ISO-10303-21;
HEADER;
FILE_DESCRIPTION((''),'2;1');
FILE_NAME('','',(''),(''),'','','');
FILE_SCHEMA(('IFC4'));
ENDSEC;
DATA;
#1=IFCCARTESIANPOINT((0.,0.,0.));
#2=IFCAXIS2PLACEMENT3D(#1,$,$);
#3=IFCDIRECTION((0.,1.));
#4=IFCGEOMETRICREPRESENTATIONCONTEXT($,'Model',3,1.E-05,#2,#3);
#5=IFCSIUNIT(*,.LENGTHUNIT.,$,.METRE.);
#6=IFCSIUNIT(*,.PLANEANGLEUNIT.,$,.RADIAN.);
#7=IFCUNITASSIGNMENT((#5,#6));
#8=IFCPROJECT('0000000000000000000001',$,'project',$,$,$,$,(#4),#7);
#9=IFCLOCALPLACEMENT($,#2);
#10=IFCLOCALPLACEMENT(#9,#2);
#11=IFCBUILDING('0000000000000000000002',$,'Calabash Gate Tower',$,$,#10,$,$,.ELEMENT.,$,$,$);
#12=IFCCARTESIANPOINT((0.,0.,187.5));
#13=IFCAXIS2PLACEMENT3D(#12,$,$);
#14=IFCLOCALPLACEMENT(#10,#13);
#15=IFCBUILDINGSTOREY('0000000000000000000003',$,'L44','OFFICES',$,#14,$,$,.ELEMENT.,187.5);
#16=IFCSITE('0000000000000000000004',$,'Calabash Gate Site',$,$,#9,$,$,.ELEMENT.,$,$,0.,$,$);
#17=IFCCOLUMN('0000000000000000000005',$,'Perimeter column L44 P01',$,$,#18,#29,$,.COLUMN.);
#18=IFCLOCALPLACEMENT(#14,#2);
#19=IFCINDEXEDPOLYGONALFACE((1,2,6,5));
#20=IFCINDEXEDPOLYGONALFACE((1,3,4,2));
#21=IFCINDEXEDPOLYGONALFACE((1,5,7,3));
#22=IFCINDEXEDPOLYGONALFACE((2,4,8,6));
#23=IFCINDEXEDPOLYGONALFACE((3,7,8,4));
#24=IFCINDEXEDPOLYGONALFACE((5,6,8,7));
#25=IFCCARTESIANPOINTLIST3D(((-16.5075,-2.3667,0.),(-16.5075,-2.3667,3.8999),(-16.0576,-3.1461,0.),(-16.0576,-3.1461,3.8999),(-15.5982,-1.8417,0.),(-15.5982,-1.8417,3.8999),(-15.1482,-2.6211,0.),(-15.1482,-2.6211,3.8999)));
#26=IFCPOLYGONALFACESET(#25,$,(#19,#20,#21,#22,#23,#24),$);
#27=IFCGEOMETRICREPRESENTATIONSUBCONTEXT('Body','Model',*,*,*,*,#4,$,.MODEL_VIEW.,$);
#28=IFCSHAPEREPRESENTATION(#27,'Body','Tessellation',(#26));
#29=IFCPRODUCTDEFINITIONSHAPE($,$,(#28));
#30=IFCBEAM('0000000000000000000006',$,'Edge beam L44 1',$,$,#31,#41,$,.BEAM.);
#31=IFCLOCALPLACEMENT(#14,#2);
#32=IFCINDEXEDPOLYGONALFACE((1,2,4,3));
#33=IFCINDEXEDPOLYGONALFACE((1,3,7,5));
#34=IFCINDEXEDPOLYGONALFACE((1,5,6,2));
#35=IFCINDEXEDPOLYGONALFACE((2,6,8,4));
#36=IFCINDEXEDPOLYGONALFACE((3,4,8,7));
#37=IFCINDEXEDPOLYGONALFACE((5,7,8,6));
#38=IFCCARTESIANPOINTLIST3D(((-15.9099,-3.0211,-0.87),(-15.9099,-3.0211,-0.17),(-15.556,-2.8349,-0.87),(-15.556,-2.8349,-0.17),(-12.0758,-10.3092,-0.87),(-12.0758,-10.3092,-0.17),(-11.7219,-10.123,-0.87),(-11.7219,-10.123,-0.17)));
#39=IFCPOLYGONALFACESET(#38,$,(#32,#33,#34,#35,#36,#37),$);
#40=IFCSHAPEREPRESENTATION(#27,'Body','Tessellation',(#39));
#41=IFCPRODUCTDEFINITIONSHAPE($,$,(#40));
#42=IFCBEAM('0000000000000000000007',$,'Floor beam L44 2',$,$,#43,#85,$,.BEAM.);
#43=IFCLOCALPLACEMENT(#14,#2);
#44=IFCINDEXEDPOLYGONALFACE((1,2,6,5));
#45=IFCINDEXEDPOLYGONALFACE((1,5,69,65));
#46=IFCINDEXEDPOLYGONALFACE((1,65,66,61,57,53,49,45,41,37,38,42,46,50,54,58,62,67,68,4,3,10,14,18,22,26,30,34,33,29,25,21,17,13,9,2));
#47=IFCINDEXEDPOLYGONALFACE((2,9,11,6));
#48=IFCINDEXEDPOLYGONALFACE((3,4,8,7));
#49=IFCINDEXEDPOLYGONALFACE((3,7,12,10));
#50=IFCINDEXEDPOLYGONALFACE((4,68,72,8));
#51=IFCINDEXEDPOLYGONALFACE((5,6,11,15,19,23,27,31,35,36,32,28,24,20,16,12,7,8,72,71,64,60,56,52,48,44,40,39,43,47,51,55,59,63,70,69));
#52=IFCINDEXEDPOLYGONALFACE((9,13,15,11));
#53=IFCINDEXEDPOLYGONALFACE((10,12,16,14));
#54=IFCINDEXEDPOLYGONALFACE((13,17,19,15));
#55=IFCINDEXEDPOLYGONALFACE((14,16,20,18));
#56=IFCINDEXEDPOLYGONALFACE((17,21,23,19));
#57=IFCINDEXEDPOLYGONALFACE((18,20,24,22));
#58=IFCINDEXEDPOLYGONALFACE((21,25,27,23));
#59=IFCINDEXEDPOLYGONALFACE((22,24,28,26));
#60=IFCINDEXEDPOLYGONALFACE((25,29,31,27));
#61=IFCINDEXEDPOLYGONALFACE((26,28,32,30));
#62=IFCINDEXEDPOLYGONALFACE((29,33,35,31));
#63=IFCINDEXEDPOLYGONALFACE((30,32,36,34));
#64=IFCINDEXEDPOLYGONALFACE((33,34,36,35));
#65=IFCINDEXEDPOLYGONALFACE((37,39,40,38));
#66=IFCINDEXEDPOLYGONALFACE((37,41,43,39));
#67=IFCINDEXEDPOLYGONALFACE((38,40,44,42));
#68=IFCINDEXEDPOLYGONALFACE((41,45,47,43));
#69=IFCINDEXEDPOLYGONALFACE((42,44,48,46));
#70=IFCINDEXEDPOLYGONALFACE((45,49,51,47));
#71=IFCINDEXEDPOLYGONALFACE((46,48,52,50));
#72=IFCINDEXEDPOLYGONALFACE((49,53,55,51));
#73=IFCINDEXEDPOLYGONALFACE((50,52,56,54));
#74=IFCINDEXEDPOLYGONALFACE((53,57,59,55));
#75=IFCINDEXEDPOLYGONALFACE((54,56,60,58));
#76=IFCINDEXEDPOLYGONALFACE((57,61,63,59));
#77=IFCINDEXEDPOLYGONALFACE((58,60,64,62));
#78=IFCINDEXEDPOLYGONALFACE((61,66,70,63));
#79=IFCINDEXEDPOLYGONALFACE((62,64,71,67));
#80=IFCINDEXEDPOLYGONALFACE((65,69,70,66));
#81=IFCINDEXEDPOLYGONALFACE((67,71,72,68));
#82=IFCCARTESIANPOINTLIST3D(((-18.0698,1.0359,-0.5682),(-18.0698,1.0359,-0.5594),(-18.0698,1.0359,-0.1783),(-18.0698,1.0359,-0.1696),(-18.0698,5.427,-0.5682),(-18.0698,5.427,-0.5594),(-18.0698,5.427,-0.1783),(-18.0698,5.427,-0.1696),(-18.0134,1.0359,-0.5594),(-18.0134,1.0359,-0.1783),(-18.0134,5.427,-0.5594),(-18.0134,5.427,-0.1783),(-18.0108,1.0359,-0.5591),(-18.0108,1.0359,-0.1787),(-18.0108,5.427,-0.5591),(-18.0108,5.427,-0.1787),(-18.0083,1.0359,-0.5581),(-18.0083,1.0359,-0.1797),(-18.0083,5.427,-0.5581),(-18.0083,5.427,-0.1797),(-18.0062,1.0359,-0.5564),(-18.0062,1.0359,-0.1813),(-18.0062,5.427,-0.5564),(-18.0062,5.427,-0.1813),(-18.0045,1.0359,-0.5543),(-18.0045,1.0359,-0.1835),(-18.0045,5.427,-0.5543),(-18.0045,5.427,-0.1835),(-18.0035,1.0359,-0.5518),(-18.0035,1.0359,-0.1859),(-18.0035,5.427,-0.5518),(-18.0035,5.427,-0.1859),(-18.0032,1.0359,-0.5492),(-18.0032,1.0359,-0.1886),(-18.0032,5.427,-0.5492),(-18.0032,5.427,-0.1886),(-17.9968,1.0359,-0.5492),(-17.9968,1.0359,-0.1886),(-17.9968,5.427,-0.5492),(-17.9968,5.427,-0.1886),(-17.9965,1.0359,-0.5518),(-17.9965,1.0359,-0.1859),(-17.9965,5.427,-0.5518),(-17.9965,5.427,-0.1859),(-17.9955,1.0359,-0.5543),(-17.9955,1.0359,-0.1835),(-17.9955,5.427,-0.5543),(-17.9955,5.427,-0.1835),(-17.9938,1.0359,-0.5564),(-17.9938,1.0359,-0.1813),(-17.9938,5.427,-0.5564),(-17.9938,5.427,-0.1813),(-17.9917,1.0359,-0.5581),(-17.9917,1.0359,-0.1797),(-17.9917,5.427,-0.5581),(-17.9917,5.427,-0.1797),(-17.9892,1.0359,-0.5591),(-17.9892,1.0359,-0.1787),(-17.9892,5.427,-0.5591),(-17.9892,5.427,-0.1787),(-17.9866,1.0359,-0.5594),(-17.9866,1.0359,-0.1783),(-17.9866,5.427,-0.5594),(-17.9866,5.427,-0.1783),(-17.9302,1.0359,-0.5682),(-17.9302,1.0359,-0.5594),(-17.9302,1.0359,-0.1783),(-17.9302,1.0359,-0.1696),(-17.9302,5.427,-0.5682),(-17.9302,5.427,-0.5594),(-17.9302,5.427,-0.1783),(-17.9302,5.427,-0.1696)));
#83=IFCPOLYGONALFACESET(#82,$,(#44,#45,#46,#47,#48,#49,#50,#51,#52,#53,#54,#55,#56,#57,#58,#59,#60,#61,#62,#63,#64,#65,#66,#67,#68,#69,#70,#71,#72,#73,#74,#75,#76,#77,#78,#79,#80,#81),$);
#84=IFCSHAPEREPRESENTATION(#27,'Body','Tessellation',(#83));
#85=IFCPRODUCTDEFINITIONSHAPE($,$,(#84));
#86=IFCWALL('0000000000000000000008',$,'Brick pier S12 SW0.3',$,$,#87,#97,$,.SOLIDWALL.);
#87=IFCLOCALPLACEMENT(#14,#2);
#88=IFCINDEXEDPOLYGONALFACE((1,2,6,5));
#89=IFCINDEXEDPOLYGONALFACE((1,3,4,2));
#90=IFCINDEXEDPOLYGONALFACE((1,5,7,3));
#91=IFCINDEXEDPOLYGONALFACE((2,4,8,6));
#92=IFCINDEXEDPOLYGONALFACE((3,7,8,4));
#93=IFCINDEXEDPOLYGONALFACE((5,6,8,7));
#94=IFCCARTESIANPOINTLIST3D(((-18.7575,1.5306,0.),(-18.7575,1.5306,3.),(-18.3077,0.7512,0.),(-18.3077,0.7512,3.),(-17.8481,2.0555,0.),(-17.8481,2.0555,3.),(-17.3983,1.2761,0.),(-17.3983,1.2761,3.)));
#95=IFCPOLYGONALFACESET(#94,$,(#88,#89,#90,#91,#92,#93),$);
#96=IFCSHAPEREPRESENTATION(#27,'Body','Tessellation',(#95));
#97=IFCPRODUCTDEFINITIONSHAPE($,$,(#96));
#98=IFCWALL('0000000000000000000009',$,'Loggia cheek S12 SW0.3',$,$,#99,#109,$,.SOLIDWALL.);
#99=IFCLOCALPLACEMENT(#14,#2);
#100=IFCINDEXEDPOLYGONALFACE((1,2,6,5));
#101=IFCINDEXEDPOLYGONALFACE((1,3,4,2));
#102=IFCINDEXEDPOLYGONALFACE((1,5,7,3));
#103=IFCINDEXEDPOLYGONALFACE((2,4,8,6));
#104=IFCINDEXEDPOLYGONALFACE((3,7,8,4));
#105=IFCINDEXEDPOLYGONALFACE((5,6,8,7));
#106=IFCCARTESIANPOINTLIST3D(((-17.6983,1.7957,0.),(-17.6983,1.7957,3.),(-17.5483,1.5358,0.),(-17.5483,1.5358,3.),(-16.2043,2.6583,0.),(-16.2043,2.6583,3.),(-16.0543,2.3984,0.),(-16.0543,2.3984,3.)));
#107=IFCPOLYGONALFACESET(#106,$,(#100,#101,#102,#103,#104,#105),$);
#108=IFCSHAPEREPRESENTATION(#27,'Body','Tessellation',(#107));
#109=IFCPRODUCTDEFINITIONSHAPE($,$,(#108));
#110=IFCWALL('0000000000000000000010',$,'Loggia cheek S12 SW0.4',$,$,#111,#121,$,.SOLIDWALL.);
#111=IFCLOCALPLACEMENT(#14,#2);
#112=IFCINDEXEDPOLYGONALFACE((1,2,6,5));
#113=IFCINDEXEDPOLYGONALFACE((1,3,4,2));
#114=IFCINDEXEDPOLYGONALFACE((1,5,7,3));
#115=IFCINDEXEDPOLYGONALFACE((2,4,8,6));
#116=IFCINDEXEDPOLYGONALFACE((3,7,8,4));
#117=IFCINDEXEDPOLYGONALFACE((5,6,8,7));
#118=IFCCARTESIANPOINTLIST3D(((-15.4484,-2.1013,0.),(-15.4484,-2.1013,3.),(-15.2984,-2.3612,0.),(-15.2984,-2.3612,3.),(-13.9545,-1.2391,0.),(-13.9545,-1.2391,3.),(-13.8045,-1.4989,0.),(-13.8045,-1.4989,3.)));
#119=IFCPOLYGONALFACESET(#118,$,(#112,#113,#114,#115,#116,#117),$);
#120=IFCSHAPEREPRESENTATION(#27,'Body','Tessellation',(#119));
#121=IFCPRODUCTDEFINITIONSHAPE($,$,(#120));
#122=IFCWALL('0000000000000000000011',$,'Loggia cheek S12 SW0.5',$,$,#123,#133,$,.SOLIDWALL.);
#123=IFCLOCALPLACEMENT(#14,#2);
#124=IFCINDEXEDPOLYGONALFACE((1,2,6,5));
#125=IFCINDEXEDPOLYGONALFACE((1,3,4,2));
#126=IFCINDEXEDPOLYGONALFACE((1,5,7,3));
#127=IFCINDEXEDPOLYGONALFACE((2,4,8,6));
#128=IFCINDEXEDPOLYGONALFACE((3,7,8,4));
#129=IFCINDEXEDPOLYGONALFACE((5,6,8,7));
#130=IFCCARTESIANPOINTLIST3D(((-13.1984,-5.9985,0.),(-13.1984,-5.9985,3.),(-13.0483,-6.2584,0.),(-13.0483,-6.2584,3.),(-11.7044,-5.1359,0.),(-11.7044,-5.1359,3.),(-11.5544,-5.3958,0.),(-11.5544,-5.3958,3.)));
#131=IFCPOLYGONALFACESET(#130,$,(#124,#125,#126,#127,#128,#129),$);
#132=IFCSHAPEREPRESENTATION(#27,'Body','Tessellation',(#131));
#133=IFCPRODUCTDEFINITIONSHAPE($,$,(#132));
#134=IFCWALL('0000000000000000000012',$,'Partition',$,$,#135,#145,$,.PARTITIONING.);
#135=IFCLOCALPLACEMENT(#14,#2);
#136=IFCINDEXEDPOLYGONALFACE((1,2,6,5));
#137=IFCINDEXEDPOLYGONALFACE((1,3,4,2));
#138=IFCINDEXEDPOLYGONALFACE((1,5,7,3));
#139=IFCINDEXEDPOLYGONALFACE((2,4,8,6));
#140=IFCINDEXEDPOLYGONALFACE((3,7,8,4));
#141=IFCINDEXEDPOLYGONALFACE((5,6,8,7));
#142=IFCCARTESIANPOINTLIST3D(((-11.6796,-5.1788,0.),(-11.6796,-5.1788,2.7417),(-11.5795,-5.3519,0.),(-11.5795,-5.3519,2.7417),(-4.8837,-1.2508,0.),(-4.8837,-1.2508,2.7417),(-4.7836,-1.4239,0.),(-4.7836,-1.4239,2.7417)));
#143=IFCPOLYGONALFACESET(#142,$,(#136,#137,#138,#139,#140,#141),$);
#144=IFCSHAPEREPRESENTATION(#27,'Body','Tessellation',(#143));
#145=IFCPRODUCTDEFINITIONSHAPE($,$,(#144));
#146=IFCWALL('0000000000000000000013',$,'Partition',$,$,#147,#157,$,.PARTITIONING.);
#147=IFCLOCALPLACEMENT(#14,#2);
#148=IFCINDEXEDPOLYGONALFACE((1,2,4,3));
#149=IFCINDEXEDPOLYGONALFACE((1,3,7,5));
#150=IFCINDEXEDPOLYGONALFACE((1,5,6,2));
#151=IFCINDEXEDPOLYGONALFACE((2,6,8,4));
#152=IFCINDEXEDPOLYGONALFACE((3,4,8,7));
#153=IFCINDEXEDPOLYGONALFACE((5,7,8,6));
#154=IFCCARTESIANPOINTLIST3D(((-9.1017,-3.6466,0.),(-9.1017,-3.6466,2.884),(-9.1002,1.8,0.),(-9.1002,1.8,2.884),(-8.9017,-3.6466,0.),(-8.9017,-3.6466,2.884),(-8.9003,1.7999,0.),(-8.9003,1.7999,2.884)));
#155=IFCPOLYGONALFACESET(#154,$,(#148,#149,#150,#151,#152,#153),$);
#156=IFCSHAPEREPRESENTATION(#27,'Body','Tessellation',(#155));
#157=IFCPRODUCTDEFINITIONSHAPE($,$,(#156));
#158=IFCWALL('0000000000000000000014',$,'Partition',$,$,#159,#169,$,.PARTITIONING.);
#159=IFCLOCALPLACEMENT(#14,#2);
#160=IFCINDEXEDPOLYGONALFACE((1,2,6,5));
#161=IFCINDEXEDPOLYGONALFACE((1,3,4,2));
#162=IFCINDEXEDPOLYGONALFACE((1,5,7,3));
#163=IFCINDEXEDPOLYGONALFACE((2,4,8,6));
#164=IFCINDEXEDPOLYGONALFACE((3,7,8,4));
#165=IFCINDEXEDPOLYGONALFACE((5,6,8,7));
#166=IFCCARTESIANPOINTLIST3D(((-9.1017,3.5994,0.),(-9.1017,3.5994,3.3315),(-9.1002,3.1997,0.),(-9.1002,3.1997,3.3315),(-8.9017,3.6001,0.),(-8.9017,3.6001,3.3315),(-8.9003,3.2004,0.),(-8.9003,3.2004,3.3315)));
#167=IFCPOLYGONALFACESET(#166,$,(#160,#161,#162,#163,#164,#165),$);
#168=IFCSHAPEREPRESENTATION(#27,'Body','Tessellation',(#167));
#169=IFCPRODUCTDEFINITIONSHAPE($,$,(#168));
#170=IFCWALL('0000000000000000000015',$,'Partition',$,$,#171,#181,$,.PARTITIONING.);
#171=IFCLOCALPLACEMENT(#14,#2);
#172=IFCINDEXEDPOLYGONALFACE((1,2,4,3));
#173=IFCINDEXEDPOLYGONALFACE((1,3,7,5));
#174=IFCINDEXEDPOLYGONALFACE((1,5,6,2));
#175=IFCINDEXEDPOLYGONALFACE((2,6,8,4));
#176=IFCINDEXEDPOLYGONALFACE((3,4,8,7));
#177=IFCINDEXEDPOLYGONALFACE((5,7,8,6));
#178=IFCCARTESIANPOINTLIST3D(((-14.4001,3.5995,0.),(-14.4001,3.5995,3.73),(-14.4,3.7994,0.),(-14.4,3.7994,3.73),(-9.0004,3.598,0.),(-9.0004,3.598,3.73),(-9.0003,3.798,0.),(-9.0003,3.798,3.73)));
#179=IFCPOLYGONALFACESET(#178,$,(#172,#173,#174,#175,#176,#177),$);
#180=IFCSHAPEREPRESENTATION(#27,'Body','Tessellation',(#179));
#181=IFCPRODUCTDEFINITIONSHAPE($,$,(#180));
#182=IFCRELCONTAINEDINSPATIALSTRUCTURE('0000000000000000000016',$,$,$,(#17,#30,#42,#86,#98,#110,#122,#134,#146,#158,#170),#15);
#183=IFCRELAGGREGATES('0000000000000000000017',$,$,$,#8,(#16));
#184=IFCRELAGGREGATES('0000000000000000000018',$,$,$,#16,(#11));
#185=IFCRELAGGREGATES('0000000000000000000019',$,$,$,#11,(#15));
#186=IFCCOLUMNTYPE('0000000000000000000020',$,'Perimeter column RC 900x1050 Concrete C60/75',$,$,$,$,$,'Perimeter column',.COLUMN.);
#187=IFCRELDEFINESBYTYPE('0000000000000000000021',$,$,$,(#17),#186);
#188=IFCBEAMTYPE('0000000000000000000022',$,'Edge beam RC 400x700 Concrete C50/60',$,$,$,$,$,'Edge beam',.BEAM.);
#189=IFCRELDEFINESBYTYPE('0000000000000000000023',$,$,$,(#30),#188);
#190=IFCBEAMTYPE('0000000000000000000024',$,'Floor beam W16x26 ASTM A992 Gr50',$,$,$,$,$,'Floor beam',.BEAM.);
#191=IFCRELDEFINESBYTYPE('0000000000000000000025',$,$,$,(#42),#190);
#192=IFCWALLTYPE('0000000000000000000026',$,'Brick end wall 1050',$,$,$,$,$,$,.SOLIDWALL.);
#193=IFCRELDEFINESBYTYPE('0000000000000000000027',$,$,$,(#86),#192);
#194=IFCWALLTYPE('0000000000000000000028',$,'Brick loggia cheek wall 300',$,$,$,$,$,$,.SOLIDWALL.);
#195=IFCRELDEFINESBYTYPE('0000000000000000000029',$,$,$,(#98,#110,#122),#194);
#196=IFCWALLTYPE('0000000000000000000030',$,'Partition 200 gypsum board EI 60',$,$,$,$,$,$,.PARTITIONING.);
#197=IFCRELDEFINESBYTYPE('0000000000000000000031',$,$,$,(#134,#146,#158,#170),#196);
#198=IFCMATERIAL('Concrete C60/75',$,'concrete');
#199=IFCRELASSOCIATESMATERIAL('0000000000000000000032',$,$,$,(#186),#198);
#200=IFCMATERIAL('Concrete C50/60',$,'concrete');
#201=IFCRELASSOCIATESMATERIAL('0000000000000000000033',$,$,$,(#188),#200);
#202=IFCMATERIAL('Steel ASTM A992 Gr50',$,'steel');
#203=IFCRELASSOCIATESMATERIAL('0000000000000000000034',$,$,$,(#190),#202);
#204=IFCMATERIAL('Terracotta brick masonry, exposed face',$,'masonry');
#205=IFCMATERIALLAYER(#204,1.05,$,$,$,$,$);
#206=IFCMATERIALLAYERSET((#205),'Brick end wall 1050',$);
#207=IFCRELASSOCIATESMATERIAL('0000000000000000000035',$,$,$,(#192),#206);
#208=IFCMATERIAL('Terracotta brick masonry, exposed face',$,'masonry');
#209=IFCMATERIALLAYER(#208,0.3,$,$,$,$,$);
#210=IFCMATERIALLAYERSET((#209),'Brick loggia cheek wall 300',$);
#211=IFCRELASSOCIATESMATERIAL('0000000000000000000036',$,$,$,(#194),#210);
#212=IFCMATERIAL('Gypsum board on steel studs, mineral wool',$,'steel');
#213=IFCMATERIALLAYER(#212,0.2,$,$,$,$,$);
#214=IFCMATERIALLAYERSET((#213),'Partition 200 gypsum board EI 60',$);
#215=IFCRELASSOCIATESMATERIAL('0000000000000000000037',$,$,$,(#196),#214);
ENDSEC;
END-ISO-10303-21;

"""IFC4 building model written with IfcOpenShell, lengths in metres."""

from ifc_helpers import new_model, si_unit, direction, frame, frame_2d, origin, origin_2d, place, context, subcontext, project, spatial, rectangle, i_section, extrude, material, layer, layer_set, material_profile, profile_set, type_object, element, save


model = new_model("IFC4")

# Units and contexts
model_context = context("Model", 3, precision=1e-05, world=origin(), true_north=direction((0.0, 1.0)))
body_context = subcontext(model_context, "Body", "Model", "MODEL_VIEW")
ifc_project = project(units=[si_unit("LENGTHUNIT", "METRE"), si_unit("PLANEANGLEUNIT", "RADIAN")], contexts=[model_context])

# Site, building, storey
site_placement = place(None, origin())
site = spatial("IfcSite", under=ifc_project, at=site_placement, Name="Calabash Gate Site", CompositionType="ELEMENT", RefElevation=0.0)
building_placement = place(site_placement, origin())
building = spatial("IfcBuilding", under=site, at=building_placement, Name="Calabash Gate Tower", CompositionType="ELEMENT")
storey_placement = place(building_placement, frame((0.0, 0.0, 187.5)))
storey = spatial("IfcBuildingStorey", under=building, at=storey_placement, Name="L44", Description="OFFICES", CompositionType="ELEMENT", Elevation=187.5)

# Column
ifc_material_1 = material(Name="Concrete C60/75", Category="concrete")
ifc_material_profile_1 = material_profile(ifc_material_1, rectangle(XDim=0.8999, YDim=1.05, at=origin_2d()))
ifc_profile_set_1 = profile_set([ifc_material_profile_1], Name="Concrete C60/75")
column_type = type_object("IfcColumnType", Name="Perimeter column RC 900x1050 Concrete C60/75", ElementType="Perimeter column", PredefinedType="COLUMN", material=ifc_profile_set_1)
column_placement = place(storey_placement, frame((-15.8279, -2.4939, 0.0), z_axis=(0.0, 0.0, 1.0), x_axis=(0.5, -0.866025, 0.0)))
element("IfcColumn", 1, at=column_placement, inside=storey, type_object=column_type, Name="Perimeter column L44 P01", PredefinedType="COLUMN", context=body_context, shape_type="SweptSolid", body=[
    extrude(rectangle(XDim=0.8999, YDim=1.05, at=origin_2d()), origin(), (0.0, 0.0, 1.0), 3.8999),
])

# Beams
ifc_material_2 = material(Name="Concrete C50/60", Category="concrete")
ifc_material_profile_2 = material_profile(ifc_material_2, rectangle(XDim=0.3999, YDim=0.7, at=origin_2d()))
ifc_profile_set_2 = profile_set([ifc_material_profile_2], Name="Concrete C50/60")
beam_type_1 = type_object("IfcBeamType", Name="Edge beam RC 400x700 Concrete C50/60", ElementType="Edge beam", PredefinedType="BEAM", material=ifc_profile_set_2)
beam_1_placement = place(storey_placement, frame((-15.7329, -2.928, -0.52), z_axis=(0.46557, -0.885011, 0.0), x_axis=(0.885011, 0.46557, 0.0)))
element("IfcBeam", 2, at=beam_1_placement, inside=storey, type_object=beam_type_1, Name="Edge beam L44 1", PredefinedType="BEAM", context=body_context, shape_type="SweptSolid", body=[
    extrude(rectangle(XDim=0.3999, YDim=0.7, at=origin_2d()), origin(), (0.0, 0.0, 1.0), 8.2351),
])
ifc_material_3 = material(Name="Steel ASTM A992 Gr50", Category="steel")
ifc_material_profile_3 = material_profile(ifc_material_3, i_section(OverallWidth=0.1396, OverallDepth=0.3987, WebThickness=0.0063, FlangeThickness=0.0088, FilletRadius=0.0103, at=origin_2d()))
ifc_profile_set_3 = profile_set([ifc_material_profile_3], Name="Steel ASTM A992 Gr50")
beam_type_2 = type_object("IfcBeamType", Name="Floor beam W16x26 ASTM A992 Gr50", ElementType="Floor beam", PredefinedType="BEAM", material=ifc_profile_set_3)
beam_2_placement = place(storey_placement, frame((-18.0, 1.0359, -0.3689), z_axis=(0.0, 1.0, 0.0), x_axis=(-1.0, 0.0, 0.0)))
element("IfcBeam", 3, at=beam_2_placement, inside=storey, type_object=beam_type_2, Name="Floor beam L44 2", PredefinedType="BEAM", context=body_context, shape_type="SweptSolid", body=[
    extrude(i_section(OverallWidth=0.1396, OverallDepth=0.3987, WebThickness=0.0063, FlangeThickness=0.0088, FilletRadius=0.0103, at=origin_2d()), origin(), (0.0, 0.0, 1.0), 4.3911),
])

# Walls
ifc_material_4 = material(Name="Terracotta brick masonry, exposed face", Category="masonry")
ifc_layer_1 = layer(ifc_material_4, 1.05)
ifc_layer_set_1 = layer_set([ifc_layer_1], Name="Brick end wall 1050")
wall_type_1 = type_object("IfcWallType", Name="Brick end wall 1050", PredefinedType="SOLIDWALL", material=ifc_layer_set_1)
wall_1_placement = place(storey_placement, frame((-17.6233, 1.6658, 0.0), z_axis=(0.0, 0.0, 1.0), x_axis=(-0.866089, -0.49989, 0.0)))
element("IfcWall", 4, at=wall_1_placement, inside=storey, type_object=wall_type_1, Name="Brick pier S12 SW0.3", PredefinedType="SOLIDWALL", context=body_context, shape_type="SweptSolid", body=[
    extrude(rectangle(XDim=1.05, YDim=0.8999, at=frame_2d((0.5249, 0.0))), origin(), (0.0, 0.0, 1.0), 3.0),
])
ifc_material_5 = material(Name="Terracotta brick masonry, exposed face", Category="masonry")
ifc_layer_2 = layer(ifc_material_5, 0.3)
ifc_layer_set_2 = layer_set([ifc_layer_2], Name="Brick loggia cheek wall 300")
wall_type_2 = type_object("IfcWallType", Name="Brick loggia cheek wall 300", PredefinedType="SOLIDWALL", material=ifc_layer_set_2)
wall_2_placement = place(storey_placement, frame((-17.6233, 1.6658, 0.0), z_axis=(0.0, 0.0, 1.0), x_axis=(0.866014, 0.500021, 0.0)))
element("IfcWall", 5, at=wall_2_placement, inside=storey, type_object=wall_type_2, Name="Loggia cheek S12 SW0.3", PredefinedType="SOLIDWALL", context=body_context, shape_type="SweptSolid", body=[
    extrude(rectangle(XDim=1.7251, YDim=0.3, at=frame_2d((0.8625, 0.0))), origin(), (0.0, 0.0, 1.0), 3.0),
])
wall_3_placement = place(storey_placement, frame((-15.3733, -2.2312, 0.0), z_axis=(0.0, 0.0, 1.0), x_axis=(0.866075, 0.499914, 0.0)))
element("IfcWall", 6, at=wall_3_placement, inside=storey, type_object=wall_type_2, Name="Loggia cheek S12 SW0.4", PredefinedType="SOLIDWALL", context=body_context, shape_type="SweptSolid", body=[
    extrude(rectangle(XDim=1.7249, YDim=0.3, at=frame_2d((0.8623, 0.0))), origin(), (0.0, 0.0, 1.0), 3.0),
])
wall_4_placement = place(storey_placement, frame((-11.6294, -5.2659, 0.0), z_axis=(0.0, 0.0, 1.0), x_axis=(-0.866014, -0.500021, 0.0)))
element("IfcWall", 7, at=wall_4_placement, inside=storey, type_object=wall_type_2, Name="Loggia cheek S12 SW0.5", PredefinedType="SOLIDWALL", context=body_context, shape_type="SweptSolid", body=[
    extrude(rectangle(XDim=1.7251, YDim=0.3, at=frame_2d((0.8625, 0.0))), origin(), (0.0, 0.0, 1.0), 3.0),
])
ifc_material_6 = material(Name="Gypsum board on steel studs, mineral wool", Category="steel")
ifc_layer_3 = layer(ifc_material_6, 0.2)
ifc_layer_set_3 = layer_set([ifc_layer_3], Name="Partition 200 gypsum board EI 60")
wall_type_3 = type_object("IfcWallType", Name="Partition 200 gypsum board EI 60", PredefinedType="PARTITIONING", material=ifc_layer_set_3)
wall_5_placement = place(storey_placement, frame((-11.6296, -5.2654, 0.0), z_axis=(0.0, 0.0, 1.0), x_axis=(0.865785, 0.500417, 0.0)))
element("IfcWall", 8, at=wall_5_placement, inside=storey, type_object=wall_type_3, Name="Partition", PredefinedType="PARTITIONING", context=body_context, shape_type="SweptSolid", body=[
    extrude(rectangle(XDim=7.8494, YDim=0.2, at=frame_2d((3.9248, 0.0))), origin(), (0.0, 0.0, 1.0), 2.7417),
])
wall_6_placement = place(storey_placement, frame((-9.0017, -3.6465, 0.0), z_axis=(0.0, 0.0, 1.0), x_axis=(0.000269, 1.0, 0.0)))
element("IfcWall", 9, at=wall_6_placement, inside=storey, type_object=wall_type_3, Name="Partition", PredefinedType="PARTITIONING", context=body_context, shape_type="SweptSolid", body=[
    extrude(rectangle(XDim=5.4465, YDim=0.2, at=frame_2d((2.7231, 0.0))), origin(), (0.0, 0.0, 1.0), 2.884),
])
wall_7_placement = place(storey_placement, frame((-9.0017, 3.5996, 0.0), z_axis=(0.0, 0.0, 1.0), x_axis=(0.003665, -0.999993, 0.0)))
element("IfcWall", 10, at=wall_7_placement, inside=storey, type_object=wall_type_3, Name="Partition", PredefinedType="PARTITIONING", context=body_context, shape_type="SweptSolid", body=[
    extrude(rectangle(XDim=0.3997, YDim=0.2, at=frame_2d((0.1997, 0.0))), origin(), (0.0, 0.0, 1.0), 3.3315),
])
wall_8_placement = place(storey_placement, frame((-14.3999, 3.6995, 0.0), z_axis=(0.0, 0.0, 1.0), x_axis=(1.0, -0.000271, 0.0)))
element("IfcWall", 11, at=wall_8_placement, inside=storey, type_object=wall_type_3, Name="Partition", PredefinedType="PARTITIONING", context=body_context, shape_type="SweptSolid", body=[
    extrude(rectangle(XDim=5.3997, YDim=0.2, at=frame_2d((2.6997, 0.0))), origin(), (0.0, 0.0, 1.0), 3.73),
])

save(model, "model.ifc")
